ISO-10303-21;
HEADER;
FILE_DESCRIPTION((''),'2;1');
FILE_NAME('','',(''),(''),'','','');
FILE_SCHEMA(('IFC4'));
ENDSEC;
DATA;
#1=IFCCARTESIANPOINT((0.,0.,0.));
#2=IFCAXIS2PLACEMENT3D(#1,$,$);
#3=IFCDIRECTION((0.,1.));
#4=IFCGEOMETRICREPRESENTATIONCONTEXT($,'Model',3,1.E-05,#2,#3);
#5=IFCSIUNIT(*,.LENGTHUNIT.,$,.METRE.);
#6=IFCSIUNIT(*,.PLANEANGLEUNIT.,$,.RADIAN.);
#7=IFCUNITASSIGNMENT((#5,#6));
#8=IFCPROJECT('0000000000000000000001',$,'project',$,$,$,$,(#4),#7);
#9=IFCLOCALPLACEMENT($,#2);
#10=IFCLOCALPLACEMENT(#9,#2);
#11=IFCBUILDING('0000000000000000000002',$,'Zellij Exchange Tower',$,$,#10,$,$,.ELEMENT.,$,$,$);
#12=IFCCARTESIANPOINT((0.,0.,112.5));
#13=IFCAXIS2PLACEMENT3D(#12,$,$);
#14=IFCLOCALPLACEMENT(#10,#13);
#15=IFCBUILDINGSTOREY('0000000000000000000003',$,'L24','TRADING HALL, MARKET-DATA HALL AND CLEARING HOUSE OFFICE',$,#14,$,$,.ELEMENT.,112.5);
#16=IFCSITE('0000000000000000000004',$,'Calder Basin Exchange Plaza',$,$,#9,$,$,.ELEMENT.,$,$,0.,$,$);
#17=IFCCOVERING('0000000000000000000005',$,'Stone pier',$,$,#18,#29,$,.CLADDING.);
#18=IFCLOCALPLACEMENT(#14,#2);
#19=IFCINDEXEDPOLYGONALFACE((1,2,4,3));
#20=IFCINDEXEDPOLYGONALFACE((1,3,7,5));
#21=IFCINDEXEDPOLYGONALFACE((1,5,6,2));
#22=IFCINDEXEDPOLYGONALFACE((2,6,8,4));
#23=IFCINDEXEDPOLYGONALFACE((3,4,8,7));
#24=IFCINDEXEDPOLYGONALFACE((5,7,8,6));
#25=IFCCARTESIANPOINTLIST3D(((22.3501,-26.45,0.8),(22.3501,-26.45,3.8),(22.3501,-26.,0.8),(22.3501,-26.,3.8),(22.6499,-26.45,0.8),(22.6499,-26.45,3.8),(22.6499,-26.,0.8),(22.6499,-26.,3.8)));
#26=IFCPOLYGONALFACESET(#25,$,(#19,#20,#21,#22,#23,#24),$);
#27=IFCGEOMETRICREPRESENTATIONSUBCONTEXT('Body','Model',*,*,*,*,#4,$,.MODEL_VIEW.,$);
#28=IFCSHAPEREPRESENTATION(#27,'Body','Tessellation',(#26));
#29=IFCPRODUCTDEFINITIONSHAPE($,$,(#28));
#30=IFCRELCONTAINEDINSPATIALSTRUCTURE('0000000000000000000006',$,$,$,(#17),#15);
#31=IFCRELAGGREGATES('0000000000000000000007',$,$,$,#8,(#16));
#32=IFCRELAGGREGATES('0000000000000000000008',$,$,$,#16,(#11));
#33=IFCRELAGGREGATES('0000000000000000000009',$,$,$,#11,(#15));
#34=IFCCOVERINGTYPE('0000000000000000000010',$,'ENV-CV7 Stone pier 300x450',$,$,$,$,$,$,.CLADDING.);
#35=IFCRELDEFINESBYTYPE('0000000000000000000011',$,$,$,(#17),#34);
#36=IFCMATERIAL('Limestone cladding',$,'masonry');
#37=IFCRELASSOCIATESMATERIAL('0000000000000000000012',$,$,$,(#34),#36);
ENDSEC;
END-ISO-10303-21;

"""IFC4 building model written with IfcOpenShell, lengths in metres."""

from ifc_helpers import new_model, si_unit, direction, frame, origin, place, context, subcontext, project, spatial, polyline, outline, extrude, material, type_object, element, save


model = new_model("IFC4")

# Units and contexts
model_context = context("Model", 3, precision=1e-05, world=origin(), true_north=direction((0.0, 1.0)))
body_context = subcontext(model_context, "Body", "Model", "MODEL_VIEW")
ifc_project = project(units=[si_unit("LENGTHUNIT", "METRE"), si_unit("PLANEANGLEUNIT", "RADIAN")], contexts=[model_context])

# Site, building, storey
site_placement = place(None, origin())
site = spatial("IfcSite", under=ifc_project, at=site_placement, Name="Calder Basin Exchange Plaza", CompositionType="ELEMENT", RefElevation=0.0)
building_placement = place(site_placement, origin())
building = spatial("IfcBuilding", under=site, at=building_placement, Name="Zellij Exchange Tower", CompositionType="ELEMENT")
storey_placement = place(building_placement, frame((0.0, 0.0, 112.5)))
storey = spatial("IfcBuildingStorey", under=building, at=storey_placement, Name="L24", Description="TRADING HALL, MARKET-DATA HALL AND CLEARING HOUSE OFFICE", CompositionType="ELEMENT", Elevation=112.5)

# Covering
ifc_material_1 = material(Name="Limestone cladding", Category="masonry")
covering_type_1 = type_object("IfcCoveringType", Name="ENV-CV7 Stone pier 300x450", PredefinedType="CLADDING", material=ifc_material_1)
covering_1_placement = place(storey_placement, frame((0.0, 0.0, 0.8)))
element("IfcCovering", 1, at=covering_1_placement, inside=storey, type_object=covering_type_1, Name="Stone pier", PredefinedType="CLADDING", context=body_context, shape_type="SweptSolid", body=[
    extrude(outline(polyline([(22.3501, -26.0), (22.6499, -26.0), (22.6499, -26.45), (22.3501, -26.45), (22.3501, -26.0)])), origin(), (0.0, 0.0, 1.0), 3.0),
])

save(model, "model.ifc")
